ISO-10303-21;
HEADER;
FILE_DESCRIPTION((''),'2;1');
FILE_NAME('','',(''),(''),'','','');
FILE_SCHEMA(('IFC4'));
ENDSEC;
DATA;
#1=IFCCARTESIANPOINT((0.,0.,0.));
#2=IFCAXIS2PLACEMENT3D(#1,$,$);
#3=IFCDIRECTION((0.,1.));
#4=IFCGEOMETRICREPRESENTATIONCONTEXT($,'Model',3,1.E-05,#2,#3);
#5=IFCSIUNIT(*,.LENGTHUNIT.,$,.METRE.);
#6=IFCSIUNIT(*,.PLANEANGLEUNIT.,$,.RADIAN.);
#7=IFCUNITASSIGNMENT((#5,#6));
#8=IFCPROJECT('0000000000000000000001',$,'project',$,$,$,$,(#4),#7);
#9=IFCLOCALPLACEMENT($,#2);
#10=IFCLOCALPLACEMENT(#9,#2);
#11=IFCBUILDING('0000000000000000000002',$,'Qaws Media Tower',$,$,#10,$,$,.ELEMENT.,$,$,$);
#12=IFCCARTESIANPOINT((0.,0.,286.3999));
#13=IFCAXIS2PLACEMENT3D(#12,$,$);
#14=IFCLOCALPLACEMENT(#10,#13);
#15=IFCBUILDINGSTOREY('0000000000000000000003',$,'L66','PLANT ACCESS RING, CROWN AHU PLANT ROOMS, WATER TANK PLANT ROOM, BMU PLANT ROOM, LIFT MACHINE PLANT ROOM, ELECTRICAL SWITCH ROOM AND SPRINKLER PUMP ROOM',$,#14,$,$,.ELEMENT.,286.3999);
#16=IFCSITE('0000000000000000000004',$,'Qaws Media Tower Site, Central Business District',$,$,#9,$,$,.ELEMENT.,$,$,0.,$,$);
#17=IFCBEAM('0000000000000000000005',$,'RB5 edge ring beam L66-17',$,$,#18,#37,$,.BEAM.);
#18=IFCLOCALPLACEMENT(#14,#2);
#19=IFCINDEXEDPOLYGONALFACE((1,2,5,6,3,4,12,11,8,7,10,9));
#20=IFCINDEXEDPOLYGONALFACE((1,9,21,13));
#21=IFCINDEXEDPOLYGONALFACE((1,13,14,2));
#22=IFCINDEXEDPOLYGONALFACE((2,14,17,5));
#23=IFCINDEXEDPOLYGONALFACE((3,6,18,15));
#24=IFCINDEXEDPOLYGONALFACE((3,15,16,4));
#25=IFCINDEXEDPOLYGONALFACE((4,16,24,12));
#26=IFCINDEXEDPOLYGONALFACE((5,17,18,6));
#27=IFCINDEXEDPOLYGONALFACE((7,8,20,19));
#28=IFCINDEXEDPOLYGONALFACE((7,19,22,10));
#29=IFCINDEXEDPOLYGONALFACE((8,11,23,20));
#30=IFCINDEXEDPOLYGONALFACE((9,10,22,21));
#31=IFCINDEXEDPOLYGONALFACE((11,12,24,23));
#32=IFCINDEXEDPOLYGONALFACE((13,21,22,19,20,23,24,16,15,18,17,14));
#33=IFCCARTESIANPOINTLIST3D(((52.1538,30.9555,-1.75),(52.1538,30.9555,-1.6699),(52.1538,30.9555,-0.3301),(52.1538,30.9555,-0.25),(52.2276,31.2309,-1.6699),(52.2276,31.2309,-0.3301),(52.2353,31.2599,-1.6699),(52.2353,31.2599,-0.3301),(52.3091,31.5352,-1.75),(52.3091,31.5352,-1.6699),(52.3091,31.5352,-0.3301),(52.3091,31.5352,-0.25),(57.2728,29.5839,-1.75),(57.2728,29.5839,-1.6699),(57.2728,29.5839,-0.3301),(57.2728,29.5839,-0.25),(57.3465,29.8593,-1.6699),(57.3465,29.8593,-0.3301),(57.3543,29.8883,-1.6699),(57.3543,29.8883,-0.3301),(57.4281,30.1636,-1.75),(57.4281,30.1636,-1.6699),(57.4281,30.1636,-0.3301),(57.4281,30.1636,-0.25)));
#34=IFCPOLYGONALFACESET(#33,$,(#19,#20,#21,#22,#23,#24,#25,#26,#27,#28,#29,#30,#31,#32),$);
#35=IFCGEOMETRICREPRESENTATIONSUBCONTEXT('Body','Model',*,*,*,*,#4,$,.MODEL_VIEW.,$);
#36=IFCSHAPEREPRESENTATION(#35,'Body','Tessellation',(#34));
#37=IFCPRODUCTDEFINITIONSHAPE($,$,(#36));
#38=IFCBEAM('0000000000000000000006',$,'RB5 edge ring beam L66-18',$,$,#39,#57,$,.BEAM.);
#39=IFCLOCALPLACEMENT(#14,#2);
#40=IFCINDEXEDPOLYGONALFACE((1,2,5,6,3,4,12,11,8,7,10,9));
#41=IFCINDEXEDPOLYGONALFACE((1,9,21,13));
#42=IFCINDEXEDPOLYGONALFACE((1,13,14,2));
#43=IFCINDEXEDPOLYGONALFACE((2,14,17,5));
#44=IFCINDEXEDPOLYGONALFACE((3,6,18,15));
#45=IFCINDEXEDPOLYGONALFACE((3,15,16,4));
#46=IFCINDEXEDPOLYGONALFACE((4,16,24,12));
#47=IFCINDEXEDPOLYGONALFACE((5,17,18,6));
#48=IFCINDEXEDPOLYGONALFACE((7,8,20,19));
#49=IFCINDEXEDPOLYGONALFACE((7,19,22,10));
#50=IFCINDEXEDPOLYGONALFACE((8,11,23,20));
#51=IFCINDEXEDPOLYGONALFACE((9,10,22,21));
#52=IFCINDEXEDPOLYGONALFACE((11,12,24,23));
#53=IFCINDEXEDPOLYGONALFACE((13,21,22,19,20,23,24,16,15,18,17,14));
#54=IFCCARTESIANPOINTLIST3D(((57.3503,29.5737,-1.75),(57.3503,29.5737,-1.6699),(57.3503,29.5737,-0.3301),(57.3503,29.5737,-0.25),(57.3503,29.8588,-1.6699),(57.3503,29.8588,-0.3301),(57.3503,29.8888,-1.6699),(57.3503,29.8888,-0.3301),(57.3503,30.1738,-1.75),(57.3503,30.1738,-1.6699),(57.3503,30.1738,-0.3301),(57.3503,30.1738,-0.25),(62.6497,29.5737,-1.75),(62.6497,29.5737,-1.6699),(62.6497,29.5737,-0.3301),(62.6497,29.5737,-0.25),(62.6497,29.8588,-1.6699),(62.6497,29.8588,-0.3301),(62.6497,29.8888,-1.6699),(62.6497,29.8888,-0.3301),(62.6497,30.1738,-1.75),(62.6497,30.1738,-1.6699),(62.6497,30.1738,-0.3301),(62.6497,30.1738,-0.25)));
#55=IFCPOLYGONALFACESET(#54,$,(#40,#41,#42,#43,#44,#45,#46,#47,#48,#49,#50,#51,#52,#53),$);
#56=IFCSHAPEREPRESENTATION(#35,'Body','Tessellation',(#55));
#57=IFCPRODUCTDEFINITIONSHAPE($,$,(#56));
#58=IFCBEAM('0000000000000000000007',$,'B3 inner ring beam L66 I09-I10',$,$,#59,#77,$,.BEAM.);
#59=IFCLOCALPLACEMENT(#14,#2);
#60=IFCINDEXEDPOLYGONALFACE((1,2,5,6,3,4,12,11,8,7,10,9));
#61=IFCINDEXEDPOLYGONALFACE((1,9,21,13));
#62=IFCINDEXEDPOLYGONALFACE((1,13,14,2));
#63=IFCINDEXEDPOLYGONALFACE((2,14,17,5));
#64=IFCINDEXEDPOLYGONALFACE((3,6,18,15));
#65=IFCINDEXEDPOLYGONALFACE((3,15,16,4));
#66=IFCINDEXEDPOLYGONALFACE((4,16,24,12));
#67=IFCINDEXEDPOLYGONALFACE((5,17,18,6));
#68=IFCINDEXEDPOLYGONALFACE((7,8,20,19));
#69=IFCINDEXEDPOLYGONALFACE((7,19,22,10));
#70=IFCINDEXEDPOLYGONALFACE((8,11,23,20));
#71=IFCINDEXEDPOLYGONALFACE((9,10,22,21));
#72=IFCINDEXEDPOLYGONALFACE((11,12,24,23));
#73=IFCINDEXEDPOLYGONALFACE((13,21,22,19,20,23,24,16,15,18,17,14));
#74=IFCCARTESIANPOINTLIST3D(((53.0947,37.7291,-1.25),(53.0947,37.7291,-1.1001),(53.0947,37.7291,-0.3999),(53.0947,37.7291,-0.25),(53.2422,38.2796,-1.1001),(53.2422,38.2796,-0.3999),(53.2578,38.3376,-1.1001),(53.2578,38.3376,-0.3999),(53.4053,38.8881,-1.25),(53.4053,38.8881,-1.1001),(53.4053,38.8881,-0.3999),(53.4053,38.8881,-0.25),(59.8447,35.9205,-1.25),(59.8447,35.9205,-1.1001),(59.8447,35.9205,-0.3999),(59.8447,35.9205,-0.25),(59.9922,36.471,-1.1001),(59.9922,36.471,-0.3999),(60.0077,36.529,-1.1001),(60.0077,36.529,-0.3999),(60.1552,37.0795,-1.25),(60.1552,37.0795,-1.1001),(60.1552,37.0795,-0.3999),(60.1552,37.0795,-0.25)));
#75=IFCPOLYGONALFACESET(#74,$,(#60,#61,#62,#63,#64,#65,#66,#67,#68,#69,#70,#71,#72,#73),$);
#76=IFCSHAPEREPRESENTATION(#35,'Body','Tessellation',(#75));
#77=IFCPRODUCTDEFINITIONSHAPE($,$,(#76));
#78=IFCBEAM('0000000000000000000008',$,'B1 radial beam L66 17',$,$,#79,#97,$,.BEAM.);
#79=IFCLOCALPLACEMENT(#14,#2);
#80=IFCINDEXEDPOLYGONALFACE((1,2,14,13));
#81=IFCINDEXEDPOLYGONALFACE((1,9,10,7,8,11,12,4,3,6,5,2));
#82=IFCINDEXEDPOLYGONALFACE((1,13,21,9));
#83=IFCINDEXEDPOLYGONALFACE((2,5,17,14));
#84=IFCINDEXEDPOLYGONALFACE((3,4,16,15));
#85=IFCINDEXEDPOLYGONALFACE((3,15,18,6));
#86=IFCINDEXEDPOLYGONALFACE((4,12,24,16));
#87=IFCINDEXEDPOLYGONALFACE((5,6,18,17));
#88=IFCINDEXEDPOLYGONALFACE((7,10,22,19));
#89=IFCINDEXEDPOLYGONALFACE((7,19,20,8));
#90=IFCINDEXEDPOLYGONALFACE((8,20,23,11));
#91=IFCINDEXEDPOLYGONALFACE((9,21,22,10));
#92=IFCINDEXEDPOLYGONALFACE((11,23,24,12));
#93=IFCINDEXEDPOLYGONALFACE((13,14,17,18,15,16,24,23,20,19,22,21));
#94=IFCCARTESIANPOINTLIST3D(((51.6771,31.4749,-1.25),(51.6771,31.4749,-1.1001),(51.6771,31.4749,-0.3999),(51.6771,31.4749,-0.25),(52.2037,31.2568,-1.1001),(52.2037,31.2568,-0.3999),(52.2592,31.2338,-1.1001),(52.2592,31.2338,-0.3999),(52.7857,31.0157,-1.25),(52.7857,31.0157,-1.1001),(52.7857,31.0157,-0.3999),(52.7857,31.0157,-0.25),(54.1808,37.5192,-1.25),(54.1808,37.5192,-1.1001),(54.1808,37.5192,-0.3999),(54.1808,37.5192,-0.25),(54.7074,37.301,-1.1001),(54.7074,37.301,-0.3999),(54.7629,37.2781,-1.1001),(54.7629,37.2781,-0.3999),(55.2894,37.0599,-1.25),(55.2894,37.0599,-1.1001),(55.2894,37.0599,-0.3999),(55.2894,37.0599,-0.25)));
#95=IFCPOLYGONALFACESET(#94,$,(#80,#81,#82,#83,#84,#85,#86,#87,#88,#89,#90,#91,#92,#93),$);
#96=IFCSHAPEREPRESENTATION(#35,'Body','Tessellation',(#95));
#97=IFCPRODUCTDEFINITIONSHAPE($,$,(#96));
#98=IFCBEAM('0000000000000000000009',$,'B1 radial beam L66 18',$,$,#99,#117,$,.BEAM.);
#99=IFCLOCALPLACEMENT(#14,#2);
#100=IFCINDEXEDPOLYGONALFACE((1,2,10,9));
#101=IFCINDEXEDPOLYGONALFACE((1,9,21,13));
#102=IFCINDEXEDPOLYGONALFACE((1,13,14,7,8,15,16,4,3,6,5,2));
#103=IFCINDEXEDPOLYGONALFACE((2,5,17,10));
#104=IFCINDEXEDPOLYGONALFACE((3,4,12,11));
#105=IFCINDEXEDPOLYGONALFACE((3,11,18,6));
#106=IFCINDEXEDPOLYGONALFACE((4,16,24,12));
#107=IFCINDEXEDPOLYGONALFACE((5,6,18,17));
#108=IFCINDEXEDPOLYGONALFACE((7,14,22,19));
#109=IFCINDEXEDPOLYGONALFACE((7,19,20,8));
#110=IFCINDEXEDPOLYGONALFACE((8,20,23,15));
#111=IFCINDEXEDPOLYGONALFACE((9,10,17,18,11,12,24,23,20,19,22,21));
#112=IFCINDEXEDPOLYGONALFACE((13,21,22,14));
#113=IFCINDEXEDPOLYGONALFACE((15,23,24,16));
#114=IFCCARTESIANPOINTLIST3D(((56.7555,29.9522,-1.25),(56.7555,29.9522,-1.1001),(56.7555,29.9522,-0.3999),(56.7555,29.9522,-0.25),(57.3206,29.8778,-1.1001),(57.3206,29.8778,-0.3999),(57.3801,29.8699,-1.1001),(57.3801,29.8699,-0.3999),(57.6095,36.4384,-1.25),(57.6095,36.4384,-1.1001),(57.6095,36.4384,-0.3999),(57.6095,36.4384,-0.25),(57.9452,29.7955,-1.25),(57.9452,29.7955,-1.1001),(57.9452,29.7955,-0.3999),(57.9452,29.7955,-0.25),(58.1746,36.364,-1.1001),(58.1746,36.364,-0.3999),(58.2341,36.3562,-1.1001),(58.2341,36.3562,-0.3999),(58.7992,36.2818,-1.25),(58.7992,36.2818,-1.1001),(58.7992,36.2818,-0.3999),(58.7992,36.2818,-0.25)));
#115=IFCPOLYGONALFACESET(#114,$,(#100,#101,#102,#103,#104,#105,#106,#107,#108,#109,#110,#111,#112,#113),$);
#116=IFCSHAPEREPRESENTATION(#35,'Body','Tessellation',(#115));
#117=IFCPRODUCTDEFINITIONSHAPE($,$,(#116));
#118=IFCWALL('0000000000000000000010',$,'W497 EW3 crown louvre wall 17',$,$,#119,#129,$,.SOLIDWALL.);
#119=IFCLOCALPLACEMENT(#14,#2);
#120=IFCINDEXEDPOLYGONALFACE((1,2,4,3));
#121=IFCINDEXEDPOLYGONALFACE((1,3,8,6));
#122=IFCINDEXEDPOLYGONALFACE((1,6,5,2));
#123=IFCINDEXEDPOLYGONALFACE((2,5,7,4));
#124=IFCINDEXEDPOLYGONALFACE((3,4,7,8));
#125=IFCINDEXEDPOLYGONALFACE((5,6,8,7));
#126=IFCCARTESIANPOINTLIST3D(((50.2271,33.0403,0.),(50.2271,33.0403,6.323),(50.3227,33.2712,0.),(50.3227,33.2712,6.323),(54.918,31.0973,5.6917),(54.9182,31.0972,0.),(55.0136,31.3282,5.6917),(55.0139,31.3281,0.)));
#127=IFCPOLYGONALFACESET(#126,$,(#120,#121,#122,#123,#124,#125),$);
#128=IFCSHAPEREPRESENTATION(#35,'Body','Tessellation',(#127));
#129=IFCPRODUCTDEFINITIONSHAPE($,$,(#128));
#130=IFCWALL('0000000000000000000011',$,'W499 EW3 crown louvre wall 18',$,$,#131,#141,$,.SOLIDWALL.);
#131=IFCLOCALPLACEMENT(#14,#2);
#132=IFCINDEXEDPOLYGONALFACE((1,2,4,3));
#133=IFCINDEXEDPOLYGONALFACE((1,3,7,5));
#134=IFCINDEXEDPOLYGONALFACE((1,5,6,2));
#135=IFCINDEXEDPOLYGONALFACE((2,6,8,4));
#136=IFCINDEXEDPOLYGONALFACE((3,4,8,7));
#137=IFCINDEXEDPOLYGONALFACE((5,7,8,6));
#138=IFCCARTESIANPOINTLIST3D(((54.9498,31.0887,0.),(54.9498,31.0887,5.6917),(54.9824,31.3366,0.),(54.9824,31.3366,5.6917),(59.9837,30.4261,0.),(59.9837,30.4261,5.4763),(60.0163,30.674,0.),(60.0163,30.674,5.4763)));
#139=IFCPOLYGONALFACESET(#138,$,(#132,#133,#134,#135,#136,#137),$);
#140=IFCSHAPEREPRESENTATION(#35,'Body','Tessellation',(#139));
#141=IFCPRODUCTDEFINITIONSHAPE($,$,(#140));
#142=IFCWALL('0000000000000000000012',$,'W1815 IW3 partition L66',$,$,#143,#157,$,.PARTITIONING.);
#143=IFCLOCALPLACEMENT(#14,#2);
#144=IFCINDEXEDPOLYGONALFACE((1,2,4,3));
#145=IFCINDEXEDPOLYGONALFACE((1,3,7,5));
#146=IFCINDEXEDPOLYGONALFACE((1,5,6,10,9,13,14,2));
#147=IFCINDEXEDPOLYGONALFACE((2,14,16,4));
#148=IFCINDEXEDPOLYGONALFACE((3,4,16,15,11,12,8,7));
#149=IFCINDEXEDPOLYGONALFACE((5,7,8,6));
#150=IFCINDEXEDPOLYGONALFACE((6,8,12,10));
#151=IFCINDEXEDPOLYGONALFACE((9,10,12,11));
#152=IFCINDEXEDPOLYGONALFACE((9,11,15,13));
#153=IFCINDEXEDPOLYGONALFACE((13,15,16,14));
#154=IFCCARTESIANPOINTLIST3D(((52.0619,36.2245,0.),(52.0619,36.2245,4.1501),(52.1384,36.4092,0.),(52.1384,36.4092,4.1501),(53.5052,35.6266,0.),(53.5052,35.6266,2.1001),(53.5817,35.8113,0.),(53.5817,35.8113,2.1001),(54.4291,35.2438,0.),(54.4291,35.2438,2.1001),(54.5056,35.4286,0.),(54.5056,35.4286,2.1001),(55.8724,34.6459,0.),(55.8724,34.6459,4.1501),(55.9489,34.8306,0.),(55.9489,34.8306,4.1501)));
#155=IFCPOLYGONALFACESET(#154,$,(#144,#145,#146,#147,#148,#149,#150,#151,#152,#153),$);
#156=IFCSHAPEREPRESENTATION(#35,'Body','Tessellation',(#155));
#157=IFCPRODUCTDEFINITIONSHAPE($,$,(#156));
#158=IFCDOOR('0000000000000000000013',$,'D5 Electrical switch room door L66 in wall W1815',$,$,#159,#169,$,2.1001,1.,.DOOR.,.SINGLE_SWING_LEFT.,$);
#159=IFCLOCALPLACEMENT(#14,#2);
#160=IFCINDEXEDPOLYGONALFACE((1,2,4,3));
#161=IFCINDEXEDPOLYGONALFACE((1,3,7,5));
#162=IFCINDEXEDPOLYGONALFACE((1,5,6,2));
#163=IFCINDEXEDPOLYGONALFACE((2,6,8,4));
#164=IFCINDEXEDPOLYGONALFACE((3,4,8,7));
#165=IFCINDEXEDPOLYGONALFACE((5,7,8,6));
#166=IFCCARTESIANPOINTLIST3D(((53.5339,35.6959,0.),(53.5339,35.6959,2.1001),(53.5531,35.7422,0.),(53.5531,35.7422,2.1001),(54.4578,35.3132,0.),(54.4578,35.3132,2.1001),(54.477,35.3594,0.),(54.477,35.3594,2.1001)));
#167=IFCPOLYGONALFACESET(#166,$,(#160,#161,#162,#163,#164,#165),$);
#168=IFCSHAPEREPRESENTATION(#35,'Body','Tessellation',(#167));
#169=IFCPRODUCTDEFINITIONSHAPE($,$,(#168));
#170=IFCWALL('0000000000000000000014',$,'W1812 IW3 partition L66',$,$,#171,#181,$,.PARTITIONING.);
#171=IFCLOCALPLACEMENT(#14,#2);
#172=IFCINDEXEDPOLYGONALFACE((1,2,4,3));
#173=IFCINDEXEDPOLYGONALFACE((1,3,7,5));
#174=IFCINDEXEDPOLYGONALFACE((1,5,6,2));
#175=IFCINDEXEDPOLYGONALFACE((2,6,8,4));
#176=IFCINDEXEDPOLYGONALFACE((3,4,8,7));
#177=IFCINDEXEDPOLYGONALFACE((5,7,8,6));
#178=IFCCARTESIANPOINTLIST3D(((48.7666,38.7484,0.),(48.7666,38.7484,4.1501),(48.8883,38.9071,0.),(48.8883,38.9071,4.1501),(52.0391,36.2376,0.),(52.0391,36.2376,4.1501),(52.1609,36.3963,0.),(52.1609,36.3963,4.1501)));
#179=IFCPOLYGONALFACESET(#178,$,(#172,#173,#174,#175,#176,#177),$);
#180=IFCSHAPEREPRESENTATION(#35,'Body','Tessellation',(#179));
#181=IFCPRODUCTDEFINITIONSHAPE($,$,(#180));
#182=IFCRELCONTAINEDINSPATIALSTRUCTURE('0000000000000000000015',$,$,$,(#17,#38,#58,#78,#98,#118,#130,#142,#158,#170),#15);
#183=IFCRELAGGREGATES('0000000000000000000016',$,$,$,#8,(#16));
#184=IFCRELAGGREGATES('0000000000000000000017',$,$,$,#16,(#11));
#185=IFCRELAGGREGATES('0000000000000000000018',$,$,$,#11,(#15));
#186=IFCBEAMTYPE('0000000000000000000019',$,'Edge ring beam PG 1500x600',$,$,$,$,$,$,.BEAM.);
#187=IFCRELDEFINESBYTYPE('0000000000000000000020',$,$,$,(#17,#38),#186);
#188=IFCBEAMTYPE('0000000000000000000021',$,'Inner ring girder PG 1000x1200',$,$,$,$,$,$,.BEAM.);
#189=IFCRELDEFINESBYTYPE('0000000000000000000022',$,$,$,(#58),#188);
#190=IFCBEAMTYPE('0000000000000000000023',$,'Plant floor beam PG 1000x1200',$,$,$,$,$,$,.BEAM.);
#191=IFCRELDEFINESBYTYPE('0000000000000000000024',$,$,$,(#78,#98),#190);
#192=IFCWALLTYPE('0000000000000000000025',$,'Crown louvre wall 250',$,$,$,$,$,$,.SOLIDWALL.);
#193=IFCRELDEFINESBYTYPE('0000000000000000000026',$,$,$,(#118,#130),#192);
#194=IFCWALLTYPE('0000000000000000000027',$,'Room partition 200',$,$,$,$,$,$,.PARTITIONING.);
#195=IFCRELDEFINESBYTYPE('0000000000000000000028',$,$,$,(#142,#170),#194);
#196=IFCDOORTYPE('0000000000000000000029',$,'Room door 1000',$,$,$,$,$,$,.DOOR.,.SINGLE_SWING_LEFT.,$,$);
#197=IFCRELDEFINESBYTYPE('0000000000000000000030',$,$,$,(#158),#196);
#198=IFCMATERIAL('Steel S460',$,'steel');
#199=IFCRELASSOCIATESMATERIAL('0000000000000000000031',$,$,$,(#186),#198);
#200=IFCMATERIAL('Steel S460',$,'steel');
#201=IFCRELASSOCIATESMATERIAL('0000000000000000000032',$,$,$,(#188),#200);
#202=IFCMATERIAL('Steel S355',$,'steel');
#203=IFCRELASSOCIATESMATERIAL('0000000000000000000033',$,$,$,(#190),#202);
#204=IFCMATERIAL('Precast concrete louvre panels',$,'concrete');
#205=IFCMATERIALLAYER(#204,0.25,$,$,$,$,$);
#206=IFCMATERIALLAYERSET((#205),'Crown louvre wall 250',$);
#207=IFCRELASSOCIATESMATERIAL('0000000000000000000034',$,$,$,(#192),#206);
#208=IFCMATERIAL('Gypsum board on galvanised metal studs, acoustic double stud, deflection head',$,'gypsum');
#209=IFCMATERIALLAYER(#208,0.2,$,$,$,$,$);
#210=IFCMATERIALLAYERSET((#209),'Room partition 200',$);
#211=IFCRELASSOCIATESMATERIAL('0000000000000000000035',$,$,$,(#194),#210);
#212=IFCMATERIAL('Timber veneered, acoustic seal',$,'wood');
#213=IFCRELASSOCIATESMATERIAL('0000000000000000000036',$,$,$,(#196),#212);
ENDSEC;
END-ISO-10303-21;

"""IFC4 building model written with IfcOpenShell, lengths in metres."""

from ifc_helpers import new_model, si_unit, direction, frame, frame_2d, origin, origin_2d, place, context, subcontext, project, spatial, polyline, rectangle, i_section, outline, extrude, material, layer, layer_set, material_profile, profile_set, type_object, element, fill, save


model = new_model("IFC4")

# Units and contexts
model_context = context("Model", 3, precision=1e-05, world=origin(), true_north=direction((0.0, 1.0)))
body_context = subcontext(model_context, "Body", "Model", "MODEL_VIEW")
ifc_project = project(units=[si_unit("LENGTHUNIT", "METRE"), si_unit("PLANEANGLEUNIT", "RADIAN")], contexts=[model_context])

# Site, building, storey
site_placement = place(None, origin())
site = spatial("IfcSite", under=ifc_project, at=site_placement, Name="Qaws Media Tower Site, Central Business District", CompositionType="ELEMENT", RefElevation=0.0)
building_placement = place(site_placement, origin())
building = spatial("IfcBuilding", under=site, at=building_placement, Name="Qaws Media Tower", CompositionType="ELEMENT")
storey_placement = place(building_placement, frame((0.0, 0.0, 286.3999)))
storey = spatial("IfcBuildingStorey", under=building, at=storey_placement, Name="L66", Description="PLANT ACCESS RING, CROWN AHU PLANT ROOMS, WATER TANK PLANT ROOM, BMU PLANT ROOM, LIFT MACHINE PLANT ROOM, ELECTRICAL SWITCH ROOM AND SPRINKLER PUMP ROOM", CompositionType="ELEMENT", Elevation=286.3999)

# Beams
ifc_material_1 = material(Name="Steel S460", Category="steel")
ifc_material_profile_1 = material_profile(ifc_material_1, i_section(OverallWidth=0.6001, OverallDepth=1.5, WebThickness=0.03, FlangeThickness=0.0801, at=origin_2d()), Name="PG 1500x600")
ifc_profile_set_1 = profile_set([ifc_material_profile_1], Name="Steel S460")
beam_type_1 = type_object("IfcBeamType", Name="Edge ring beam PG 1500x600", PredefinedType="BEAM", material=ifc_profile_set_1)
beam_1_placement = place(storey_placement, frame((52.2314, 31.2454, -1.0), z_axis=(0.965927, -0.258815, 0.0), x_axis=(0.258815, 0.965927, 0.0)))
element("IfcBeam", 1, at=beam_1_placement, inside=storey, type_object=beam_type_1, Name="RB5 edge ring beam L66-17", PredefinedType="BEAM", context=body_context, shape_type="SweptSolid", body=[
    extrude(i_section(OverallWidth=0.6001, OverallDepth=1.5, WebThickness=0.03, FlangeThickness=0.0801, at=origin_2d()), origin(), (0.0, 0.0, 1.0), 5.2996),
])
beam_2_placement = place(storey_placement, frame((57.3503, 29.8738, -1.0), z_axis=(1.0, 0.0, 0.0), x_axis=(0.0, 1.0, 0.0)))
element("IfcBeam", 2, at=beam_2_placement, inside=storey, type_object=beam_type_1, Name="RB5 edge ring beam L66-18", PredefinedType="BEAM", context=body_context, shape_type="SweptSolid", body=[
    extrude(i_section(OverallWidth=0.6001, OverallDepth=1.5, WebThickness=0.03, FlangeThickness=0.0801, at=origin_2d()), origin(), (0.0, 0.0, 1.0), 5.2993),
])
ifc_material_2 = material(Name="Steel S460", Category="steel")
ifc_material_profile_2 = material_profile(ifc_material_2, i_section(OverallWidth=1.2, OverallDepth=1.0, WebThickness=0.0601, FlangeThickness=0.1499, at=origin_2d()), Name="PG 1000x1200")
ifc_profile_set_2 = profile_set([ifc_material_profile_2], Name="Steel S460")
beam_type_2 = type_object("IfcBeamType", Name="Inner ring girder PG 1000x1200", PredefinedType="BEAM", material=ifc_profile_set_2)
beam_3_placement = place(storey_placement, frame((53.25, 38.3086, -0.75), z_axis=(0.965928, -0.258811, 0.0), x_axis=(0.258811, 0.965928, 0.0)))
element("IfcBeam", 3, at=beam_3_placement, inside=storey, type_object=beam_type_2, Name="B3 inner ring beam L66 I09-I10", PredefinedType="BEAM", context=body_context, shape_type="SweptSolid", body=[
    extrude(i_section(OverallWidth=1.2, OverallDepth=1.0, WebThickness=0.0601, FlangeThickness=0.1499, at=origin_2d()), origin(), (0.0, 0.0, 1.0), 6.988),
])
ifc_material_3 = material(Name="Steel S355", Category="steel")
ifc_material_profile_3 = material_profile(ifc_material_3, i_section(OverallWidth=1.2, OverallDepth=1.0, WebThickness=0.0601, FlangeThickness=0.1499, at=origin_2d()), Name="PG 1000x1200")
ifc_profile_set_3 = profile_set([ifc_material_profile_3], Name="Steel S355")
beam_type_3 = type_object("IfcBeamType", Name="Plant floor beam PG 1000x1200", PredefinedType="BEAM", material=ifc_profile_set_3)
for number, where, z_axis, x_axis, name in (
    (4, (54.7351, 37.2896, -0.75), (-0.382693, -0.923875, 0.0), (0.923875, -0.382693, 0.0), "B1 radial beam L66 17"),
    (5, (58.2043, 36.3601, -0.75), (-0.130536, -0.991444, 0.0), (0.991444, -0.130536, 0.0), "B1 radial beam L66 18"),
):
    element("IfcBeam", number, at=place(storey_placement, frame(where, z_axis=z_axis, x_axis=x_axis)), inside=storey, type_object=beam_type_3, Name=name, PredefinedType="BEAM", context=body_context, shape_type="SweptSolid", body=[
        extrude(i_section(OverallWidth=1.2, OverallDepth=1.0, WebThickness=0.0601, FlangeThickness=0.1499, at=origin_2d()), origin(), (0.0, 0.0, 1.0), 6.5422),
    ])

# Walls
ifc_material_4 = material(Name="Precast concrete louvre panels", Category="concrete")
ifc_layer_1 = layer(ifc_material_4, 0.25)
ifc_layer_set_1 = layer_set([ifc_layer_1], Name="Crown louvre wall 250")
wall_type_1 = type_object("IfcWallType", Name="Crown louvre wall 250", PredefinedType="SOLIDWALL", material=ifc_layer_set_1)
wall_1_placement = place(storey_placement, frame((50.2749, 33.1558, 0.0), z_axis=(0.0, 0.0, 1.0), x_axis=(0.923881, -0.382679, 0.0)))
element("IfcWall", 6, at=wall_1_placement, inside=storey, type_object=wall_type_1, Name="W497 EW3 crown louvre wall 17", PredefinedType="SOLIDWALL", context=body_context, shape_type="SweptSolid", body=[
    extrude(outline(polyline([(0.0, 0.0), (5.0776, 0.0), (5.0774, 5.6917), (0.0, 6.323), (0.0, 0.0)])), frame((0.0, 0.125, 0.0), z_axis=(0.0, -1.0, 0.0), x_axis=(1.0, 0.0, 0.0)), (0.0, 0.0, 1.0), 0.25),
])
wall_2_placement = place(storey_placement, frame((54.9661, 31.2126, 0.0), z_axis=(0.0, 0.0, 1.0), x_axis=(0.991448, -0.130501, 0.0)))
element("IfcWall", 7, at=wall_2_placement, inside=storey, type_object=wall_type_1, Name="W499 EW3 crown louvre wall 18", PredefinedType="SOLIDWALL", context=body_context, shape_type="SweptSolid", body=[
    extrude(outline(polyline([(0.0, 0.0), (5.0774, 0.0), (5.0774, 5.4763), (0.0, 5.6917), (0.0, 0.0)])), frame((0.0, 0.125, 0.0), z_axis=(0.0, -1.0, 0.0), x_axis=(1.0, 0.0, 0.0)), (0.0, 0.0, 1.0), 0.25),
])

# Wall, opening, door
ifc_material_5 = material(Name="Gypsum board on galvanised metal studs, acoustic double stud, deflection head", Category="gypsum")
ifc_layer_2 = layer(ifc_material_5, 0.2)
ifc_layer_set_2 = layer_set([ifc_layer_2], Name="Room partition 200")
wall_type_2 = type_object("IfcWallType", Name="Room partition 200", PredefinedType="PARTITIONING", material=ifc_layer_set_2)
wall_3_placement = place(storey_placement, frame((55.9106, 34.7383, 0.0), z_axis=(0.0, 0.0, 1.0), x_axis=(-0.92386, 0.382732, 0.0)))
wall_3 = element("IfcWall", 8, at=wall_3_placement, inside=storey, type_object=wall_type_2, Name="W1815 IW3 partition L66", PredefinedType="PARTITIONING", context=body_context, shape_type="SweptSolid", body=[
    extrude(rectangle(XDim=4.1245, YDim=0.2, at=frame_2d((2.0623, 0.0))), origin(), (0.0, 0.0, 1.0), 4.1501),
])
opening_placement = place(wall_3_placement, frame((1.5623, 0.0, 0.0)))
opening = element("IfcOpeningElement", 9, at=opening_placement, cuts=wall_3, PredefinedType="OPENING", context=body_context, shape_type="SweptSolid", body=[
    extrude(rectangle(XDim=1.0, YDim=2.1001, at=frame_2d((0.5, 1.05))), frame((0.0, 0.1099, 0.0), z_axis=(0.0, -1.0, 0.0), x_axis=(1.0, 0.0, 0.0)), (0.0, 0.0, 1.0), 0.22),
])
ifc_material_6 = material(Name="Timber veneered, acoustic seal", Category="wood")
door_type = type_object("IfcDoorType", Name="Room door 1000", OperationType="SINGLE_SWING_LEFT", PredefinedType="DOOR", material=ifc_material_6)
door_placement = place(opening_placement, origin())
door = element("IfcDoor", 10, at=door_placement, inside=storey, type_object=door_type, Name="D5 Electrical switch room door L66 in wall W1815", OperationType="SINGLE_SWING_LEFT", OverallHeight=2.1001, OverallWidth=1.0, PredefinedType="DOOR", context=body_context, shape_type="SweptSolid", body=[
    extrude(rectangle(XDim=1.0, YDim=2.1001, at=frame_2d((0.5, 1.05))), frame((0.0, 0.0249, 0.0), z_axis=(0.0, -1.0, 0.0), x_axis=(1.0, 0.0, 0.0)), (0.0, 0.0, 1.0), 0.05),
])
fill(opening, door)

# Wall
wall_4_placement = place(storey_placement, frame((52.1001, 36.3169, 0.0), z_axis=(0.0, 0.0, 1.0), x_axis=(-0.793389, 0.608715, 0.0)))
element("IfcWall", 11, at=wall_4_placement, inside=storey, type_object=wall_type_2, Name="W1812 IW3 partition L66", PredefinedType="PARTITIONING", context=body_context, shape_type="SweptSolid", body=[
    extrude(rectangle(XDim=4.1248, YDim=0.2, at=frame_2d((2.0625, 0.0))), origin(), (0.0, 0.0, 1.0), 4.1501),
])

save(model, "model.ifc")
